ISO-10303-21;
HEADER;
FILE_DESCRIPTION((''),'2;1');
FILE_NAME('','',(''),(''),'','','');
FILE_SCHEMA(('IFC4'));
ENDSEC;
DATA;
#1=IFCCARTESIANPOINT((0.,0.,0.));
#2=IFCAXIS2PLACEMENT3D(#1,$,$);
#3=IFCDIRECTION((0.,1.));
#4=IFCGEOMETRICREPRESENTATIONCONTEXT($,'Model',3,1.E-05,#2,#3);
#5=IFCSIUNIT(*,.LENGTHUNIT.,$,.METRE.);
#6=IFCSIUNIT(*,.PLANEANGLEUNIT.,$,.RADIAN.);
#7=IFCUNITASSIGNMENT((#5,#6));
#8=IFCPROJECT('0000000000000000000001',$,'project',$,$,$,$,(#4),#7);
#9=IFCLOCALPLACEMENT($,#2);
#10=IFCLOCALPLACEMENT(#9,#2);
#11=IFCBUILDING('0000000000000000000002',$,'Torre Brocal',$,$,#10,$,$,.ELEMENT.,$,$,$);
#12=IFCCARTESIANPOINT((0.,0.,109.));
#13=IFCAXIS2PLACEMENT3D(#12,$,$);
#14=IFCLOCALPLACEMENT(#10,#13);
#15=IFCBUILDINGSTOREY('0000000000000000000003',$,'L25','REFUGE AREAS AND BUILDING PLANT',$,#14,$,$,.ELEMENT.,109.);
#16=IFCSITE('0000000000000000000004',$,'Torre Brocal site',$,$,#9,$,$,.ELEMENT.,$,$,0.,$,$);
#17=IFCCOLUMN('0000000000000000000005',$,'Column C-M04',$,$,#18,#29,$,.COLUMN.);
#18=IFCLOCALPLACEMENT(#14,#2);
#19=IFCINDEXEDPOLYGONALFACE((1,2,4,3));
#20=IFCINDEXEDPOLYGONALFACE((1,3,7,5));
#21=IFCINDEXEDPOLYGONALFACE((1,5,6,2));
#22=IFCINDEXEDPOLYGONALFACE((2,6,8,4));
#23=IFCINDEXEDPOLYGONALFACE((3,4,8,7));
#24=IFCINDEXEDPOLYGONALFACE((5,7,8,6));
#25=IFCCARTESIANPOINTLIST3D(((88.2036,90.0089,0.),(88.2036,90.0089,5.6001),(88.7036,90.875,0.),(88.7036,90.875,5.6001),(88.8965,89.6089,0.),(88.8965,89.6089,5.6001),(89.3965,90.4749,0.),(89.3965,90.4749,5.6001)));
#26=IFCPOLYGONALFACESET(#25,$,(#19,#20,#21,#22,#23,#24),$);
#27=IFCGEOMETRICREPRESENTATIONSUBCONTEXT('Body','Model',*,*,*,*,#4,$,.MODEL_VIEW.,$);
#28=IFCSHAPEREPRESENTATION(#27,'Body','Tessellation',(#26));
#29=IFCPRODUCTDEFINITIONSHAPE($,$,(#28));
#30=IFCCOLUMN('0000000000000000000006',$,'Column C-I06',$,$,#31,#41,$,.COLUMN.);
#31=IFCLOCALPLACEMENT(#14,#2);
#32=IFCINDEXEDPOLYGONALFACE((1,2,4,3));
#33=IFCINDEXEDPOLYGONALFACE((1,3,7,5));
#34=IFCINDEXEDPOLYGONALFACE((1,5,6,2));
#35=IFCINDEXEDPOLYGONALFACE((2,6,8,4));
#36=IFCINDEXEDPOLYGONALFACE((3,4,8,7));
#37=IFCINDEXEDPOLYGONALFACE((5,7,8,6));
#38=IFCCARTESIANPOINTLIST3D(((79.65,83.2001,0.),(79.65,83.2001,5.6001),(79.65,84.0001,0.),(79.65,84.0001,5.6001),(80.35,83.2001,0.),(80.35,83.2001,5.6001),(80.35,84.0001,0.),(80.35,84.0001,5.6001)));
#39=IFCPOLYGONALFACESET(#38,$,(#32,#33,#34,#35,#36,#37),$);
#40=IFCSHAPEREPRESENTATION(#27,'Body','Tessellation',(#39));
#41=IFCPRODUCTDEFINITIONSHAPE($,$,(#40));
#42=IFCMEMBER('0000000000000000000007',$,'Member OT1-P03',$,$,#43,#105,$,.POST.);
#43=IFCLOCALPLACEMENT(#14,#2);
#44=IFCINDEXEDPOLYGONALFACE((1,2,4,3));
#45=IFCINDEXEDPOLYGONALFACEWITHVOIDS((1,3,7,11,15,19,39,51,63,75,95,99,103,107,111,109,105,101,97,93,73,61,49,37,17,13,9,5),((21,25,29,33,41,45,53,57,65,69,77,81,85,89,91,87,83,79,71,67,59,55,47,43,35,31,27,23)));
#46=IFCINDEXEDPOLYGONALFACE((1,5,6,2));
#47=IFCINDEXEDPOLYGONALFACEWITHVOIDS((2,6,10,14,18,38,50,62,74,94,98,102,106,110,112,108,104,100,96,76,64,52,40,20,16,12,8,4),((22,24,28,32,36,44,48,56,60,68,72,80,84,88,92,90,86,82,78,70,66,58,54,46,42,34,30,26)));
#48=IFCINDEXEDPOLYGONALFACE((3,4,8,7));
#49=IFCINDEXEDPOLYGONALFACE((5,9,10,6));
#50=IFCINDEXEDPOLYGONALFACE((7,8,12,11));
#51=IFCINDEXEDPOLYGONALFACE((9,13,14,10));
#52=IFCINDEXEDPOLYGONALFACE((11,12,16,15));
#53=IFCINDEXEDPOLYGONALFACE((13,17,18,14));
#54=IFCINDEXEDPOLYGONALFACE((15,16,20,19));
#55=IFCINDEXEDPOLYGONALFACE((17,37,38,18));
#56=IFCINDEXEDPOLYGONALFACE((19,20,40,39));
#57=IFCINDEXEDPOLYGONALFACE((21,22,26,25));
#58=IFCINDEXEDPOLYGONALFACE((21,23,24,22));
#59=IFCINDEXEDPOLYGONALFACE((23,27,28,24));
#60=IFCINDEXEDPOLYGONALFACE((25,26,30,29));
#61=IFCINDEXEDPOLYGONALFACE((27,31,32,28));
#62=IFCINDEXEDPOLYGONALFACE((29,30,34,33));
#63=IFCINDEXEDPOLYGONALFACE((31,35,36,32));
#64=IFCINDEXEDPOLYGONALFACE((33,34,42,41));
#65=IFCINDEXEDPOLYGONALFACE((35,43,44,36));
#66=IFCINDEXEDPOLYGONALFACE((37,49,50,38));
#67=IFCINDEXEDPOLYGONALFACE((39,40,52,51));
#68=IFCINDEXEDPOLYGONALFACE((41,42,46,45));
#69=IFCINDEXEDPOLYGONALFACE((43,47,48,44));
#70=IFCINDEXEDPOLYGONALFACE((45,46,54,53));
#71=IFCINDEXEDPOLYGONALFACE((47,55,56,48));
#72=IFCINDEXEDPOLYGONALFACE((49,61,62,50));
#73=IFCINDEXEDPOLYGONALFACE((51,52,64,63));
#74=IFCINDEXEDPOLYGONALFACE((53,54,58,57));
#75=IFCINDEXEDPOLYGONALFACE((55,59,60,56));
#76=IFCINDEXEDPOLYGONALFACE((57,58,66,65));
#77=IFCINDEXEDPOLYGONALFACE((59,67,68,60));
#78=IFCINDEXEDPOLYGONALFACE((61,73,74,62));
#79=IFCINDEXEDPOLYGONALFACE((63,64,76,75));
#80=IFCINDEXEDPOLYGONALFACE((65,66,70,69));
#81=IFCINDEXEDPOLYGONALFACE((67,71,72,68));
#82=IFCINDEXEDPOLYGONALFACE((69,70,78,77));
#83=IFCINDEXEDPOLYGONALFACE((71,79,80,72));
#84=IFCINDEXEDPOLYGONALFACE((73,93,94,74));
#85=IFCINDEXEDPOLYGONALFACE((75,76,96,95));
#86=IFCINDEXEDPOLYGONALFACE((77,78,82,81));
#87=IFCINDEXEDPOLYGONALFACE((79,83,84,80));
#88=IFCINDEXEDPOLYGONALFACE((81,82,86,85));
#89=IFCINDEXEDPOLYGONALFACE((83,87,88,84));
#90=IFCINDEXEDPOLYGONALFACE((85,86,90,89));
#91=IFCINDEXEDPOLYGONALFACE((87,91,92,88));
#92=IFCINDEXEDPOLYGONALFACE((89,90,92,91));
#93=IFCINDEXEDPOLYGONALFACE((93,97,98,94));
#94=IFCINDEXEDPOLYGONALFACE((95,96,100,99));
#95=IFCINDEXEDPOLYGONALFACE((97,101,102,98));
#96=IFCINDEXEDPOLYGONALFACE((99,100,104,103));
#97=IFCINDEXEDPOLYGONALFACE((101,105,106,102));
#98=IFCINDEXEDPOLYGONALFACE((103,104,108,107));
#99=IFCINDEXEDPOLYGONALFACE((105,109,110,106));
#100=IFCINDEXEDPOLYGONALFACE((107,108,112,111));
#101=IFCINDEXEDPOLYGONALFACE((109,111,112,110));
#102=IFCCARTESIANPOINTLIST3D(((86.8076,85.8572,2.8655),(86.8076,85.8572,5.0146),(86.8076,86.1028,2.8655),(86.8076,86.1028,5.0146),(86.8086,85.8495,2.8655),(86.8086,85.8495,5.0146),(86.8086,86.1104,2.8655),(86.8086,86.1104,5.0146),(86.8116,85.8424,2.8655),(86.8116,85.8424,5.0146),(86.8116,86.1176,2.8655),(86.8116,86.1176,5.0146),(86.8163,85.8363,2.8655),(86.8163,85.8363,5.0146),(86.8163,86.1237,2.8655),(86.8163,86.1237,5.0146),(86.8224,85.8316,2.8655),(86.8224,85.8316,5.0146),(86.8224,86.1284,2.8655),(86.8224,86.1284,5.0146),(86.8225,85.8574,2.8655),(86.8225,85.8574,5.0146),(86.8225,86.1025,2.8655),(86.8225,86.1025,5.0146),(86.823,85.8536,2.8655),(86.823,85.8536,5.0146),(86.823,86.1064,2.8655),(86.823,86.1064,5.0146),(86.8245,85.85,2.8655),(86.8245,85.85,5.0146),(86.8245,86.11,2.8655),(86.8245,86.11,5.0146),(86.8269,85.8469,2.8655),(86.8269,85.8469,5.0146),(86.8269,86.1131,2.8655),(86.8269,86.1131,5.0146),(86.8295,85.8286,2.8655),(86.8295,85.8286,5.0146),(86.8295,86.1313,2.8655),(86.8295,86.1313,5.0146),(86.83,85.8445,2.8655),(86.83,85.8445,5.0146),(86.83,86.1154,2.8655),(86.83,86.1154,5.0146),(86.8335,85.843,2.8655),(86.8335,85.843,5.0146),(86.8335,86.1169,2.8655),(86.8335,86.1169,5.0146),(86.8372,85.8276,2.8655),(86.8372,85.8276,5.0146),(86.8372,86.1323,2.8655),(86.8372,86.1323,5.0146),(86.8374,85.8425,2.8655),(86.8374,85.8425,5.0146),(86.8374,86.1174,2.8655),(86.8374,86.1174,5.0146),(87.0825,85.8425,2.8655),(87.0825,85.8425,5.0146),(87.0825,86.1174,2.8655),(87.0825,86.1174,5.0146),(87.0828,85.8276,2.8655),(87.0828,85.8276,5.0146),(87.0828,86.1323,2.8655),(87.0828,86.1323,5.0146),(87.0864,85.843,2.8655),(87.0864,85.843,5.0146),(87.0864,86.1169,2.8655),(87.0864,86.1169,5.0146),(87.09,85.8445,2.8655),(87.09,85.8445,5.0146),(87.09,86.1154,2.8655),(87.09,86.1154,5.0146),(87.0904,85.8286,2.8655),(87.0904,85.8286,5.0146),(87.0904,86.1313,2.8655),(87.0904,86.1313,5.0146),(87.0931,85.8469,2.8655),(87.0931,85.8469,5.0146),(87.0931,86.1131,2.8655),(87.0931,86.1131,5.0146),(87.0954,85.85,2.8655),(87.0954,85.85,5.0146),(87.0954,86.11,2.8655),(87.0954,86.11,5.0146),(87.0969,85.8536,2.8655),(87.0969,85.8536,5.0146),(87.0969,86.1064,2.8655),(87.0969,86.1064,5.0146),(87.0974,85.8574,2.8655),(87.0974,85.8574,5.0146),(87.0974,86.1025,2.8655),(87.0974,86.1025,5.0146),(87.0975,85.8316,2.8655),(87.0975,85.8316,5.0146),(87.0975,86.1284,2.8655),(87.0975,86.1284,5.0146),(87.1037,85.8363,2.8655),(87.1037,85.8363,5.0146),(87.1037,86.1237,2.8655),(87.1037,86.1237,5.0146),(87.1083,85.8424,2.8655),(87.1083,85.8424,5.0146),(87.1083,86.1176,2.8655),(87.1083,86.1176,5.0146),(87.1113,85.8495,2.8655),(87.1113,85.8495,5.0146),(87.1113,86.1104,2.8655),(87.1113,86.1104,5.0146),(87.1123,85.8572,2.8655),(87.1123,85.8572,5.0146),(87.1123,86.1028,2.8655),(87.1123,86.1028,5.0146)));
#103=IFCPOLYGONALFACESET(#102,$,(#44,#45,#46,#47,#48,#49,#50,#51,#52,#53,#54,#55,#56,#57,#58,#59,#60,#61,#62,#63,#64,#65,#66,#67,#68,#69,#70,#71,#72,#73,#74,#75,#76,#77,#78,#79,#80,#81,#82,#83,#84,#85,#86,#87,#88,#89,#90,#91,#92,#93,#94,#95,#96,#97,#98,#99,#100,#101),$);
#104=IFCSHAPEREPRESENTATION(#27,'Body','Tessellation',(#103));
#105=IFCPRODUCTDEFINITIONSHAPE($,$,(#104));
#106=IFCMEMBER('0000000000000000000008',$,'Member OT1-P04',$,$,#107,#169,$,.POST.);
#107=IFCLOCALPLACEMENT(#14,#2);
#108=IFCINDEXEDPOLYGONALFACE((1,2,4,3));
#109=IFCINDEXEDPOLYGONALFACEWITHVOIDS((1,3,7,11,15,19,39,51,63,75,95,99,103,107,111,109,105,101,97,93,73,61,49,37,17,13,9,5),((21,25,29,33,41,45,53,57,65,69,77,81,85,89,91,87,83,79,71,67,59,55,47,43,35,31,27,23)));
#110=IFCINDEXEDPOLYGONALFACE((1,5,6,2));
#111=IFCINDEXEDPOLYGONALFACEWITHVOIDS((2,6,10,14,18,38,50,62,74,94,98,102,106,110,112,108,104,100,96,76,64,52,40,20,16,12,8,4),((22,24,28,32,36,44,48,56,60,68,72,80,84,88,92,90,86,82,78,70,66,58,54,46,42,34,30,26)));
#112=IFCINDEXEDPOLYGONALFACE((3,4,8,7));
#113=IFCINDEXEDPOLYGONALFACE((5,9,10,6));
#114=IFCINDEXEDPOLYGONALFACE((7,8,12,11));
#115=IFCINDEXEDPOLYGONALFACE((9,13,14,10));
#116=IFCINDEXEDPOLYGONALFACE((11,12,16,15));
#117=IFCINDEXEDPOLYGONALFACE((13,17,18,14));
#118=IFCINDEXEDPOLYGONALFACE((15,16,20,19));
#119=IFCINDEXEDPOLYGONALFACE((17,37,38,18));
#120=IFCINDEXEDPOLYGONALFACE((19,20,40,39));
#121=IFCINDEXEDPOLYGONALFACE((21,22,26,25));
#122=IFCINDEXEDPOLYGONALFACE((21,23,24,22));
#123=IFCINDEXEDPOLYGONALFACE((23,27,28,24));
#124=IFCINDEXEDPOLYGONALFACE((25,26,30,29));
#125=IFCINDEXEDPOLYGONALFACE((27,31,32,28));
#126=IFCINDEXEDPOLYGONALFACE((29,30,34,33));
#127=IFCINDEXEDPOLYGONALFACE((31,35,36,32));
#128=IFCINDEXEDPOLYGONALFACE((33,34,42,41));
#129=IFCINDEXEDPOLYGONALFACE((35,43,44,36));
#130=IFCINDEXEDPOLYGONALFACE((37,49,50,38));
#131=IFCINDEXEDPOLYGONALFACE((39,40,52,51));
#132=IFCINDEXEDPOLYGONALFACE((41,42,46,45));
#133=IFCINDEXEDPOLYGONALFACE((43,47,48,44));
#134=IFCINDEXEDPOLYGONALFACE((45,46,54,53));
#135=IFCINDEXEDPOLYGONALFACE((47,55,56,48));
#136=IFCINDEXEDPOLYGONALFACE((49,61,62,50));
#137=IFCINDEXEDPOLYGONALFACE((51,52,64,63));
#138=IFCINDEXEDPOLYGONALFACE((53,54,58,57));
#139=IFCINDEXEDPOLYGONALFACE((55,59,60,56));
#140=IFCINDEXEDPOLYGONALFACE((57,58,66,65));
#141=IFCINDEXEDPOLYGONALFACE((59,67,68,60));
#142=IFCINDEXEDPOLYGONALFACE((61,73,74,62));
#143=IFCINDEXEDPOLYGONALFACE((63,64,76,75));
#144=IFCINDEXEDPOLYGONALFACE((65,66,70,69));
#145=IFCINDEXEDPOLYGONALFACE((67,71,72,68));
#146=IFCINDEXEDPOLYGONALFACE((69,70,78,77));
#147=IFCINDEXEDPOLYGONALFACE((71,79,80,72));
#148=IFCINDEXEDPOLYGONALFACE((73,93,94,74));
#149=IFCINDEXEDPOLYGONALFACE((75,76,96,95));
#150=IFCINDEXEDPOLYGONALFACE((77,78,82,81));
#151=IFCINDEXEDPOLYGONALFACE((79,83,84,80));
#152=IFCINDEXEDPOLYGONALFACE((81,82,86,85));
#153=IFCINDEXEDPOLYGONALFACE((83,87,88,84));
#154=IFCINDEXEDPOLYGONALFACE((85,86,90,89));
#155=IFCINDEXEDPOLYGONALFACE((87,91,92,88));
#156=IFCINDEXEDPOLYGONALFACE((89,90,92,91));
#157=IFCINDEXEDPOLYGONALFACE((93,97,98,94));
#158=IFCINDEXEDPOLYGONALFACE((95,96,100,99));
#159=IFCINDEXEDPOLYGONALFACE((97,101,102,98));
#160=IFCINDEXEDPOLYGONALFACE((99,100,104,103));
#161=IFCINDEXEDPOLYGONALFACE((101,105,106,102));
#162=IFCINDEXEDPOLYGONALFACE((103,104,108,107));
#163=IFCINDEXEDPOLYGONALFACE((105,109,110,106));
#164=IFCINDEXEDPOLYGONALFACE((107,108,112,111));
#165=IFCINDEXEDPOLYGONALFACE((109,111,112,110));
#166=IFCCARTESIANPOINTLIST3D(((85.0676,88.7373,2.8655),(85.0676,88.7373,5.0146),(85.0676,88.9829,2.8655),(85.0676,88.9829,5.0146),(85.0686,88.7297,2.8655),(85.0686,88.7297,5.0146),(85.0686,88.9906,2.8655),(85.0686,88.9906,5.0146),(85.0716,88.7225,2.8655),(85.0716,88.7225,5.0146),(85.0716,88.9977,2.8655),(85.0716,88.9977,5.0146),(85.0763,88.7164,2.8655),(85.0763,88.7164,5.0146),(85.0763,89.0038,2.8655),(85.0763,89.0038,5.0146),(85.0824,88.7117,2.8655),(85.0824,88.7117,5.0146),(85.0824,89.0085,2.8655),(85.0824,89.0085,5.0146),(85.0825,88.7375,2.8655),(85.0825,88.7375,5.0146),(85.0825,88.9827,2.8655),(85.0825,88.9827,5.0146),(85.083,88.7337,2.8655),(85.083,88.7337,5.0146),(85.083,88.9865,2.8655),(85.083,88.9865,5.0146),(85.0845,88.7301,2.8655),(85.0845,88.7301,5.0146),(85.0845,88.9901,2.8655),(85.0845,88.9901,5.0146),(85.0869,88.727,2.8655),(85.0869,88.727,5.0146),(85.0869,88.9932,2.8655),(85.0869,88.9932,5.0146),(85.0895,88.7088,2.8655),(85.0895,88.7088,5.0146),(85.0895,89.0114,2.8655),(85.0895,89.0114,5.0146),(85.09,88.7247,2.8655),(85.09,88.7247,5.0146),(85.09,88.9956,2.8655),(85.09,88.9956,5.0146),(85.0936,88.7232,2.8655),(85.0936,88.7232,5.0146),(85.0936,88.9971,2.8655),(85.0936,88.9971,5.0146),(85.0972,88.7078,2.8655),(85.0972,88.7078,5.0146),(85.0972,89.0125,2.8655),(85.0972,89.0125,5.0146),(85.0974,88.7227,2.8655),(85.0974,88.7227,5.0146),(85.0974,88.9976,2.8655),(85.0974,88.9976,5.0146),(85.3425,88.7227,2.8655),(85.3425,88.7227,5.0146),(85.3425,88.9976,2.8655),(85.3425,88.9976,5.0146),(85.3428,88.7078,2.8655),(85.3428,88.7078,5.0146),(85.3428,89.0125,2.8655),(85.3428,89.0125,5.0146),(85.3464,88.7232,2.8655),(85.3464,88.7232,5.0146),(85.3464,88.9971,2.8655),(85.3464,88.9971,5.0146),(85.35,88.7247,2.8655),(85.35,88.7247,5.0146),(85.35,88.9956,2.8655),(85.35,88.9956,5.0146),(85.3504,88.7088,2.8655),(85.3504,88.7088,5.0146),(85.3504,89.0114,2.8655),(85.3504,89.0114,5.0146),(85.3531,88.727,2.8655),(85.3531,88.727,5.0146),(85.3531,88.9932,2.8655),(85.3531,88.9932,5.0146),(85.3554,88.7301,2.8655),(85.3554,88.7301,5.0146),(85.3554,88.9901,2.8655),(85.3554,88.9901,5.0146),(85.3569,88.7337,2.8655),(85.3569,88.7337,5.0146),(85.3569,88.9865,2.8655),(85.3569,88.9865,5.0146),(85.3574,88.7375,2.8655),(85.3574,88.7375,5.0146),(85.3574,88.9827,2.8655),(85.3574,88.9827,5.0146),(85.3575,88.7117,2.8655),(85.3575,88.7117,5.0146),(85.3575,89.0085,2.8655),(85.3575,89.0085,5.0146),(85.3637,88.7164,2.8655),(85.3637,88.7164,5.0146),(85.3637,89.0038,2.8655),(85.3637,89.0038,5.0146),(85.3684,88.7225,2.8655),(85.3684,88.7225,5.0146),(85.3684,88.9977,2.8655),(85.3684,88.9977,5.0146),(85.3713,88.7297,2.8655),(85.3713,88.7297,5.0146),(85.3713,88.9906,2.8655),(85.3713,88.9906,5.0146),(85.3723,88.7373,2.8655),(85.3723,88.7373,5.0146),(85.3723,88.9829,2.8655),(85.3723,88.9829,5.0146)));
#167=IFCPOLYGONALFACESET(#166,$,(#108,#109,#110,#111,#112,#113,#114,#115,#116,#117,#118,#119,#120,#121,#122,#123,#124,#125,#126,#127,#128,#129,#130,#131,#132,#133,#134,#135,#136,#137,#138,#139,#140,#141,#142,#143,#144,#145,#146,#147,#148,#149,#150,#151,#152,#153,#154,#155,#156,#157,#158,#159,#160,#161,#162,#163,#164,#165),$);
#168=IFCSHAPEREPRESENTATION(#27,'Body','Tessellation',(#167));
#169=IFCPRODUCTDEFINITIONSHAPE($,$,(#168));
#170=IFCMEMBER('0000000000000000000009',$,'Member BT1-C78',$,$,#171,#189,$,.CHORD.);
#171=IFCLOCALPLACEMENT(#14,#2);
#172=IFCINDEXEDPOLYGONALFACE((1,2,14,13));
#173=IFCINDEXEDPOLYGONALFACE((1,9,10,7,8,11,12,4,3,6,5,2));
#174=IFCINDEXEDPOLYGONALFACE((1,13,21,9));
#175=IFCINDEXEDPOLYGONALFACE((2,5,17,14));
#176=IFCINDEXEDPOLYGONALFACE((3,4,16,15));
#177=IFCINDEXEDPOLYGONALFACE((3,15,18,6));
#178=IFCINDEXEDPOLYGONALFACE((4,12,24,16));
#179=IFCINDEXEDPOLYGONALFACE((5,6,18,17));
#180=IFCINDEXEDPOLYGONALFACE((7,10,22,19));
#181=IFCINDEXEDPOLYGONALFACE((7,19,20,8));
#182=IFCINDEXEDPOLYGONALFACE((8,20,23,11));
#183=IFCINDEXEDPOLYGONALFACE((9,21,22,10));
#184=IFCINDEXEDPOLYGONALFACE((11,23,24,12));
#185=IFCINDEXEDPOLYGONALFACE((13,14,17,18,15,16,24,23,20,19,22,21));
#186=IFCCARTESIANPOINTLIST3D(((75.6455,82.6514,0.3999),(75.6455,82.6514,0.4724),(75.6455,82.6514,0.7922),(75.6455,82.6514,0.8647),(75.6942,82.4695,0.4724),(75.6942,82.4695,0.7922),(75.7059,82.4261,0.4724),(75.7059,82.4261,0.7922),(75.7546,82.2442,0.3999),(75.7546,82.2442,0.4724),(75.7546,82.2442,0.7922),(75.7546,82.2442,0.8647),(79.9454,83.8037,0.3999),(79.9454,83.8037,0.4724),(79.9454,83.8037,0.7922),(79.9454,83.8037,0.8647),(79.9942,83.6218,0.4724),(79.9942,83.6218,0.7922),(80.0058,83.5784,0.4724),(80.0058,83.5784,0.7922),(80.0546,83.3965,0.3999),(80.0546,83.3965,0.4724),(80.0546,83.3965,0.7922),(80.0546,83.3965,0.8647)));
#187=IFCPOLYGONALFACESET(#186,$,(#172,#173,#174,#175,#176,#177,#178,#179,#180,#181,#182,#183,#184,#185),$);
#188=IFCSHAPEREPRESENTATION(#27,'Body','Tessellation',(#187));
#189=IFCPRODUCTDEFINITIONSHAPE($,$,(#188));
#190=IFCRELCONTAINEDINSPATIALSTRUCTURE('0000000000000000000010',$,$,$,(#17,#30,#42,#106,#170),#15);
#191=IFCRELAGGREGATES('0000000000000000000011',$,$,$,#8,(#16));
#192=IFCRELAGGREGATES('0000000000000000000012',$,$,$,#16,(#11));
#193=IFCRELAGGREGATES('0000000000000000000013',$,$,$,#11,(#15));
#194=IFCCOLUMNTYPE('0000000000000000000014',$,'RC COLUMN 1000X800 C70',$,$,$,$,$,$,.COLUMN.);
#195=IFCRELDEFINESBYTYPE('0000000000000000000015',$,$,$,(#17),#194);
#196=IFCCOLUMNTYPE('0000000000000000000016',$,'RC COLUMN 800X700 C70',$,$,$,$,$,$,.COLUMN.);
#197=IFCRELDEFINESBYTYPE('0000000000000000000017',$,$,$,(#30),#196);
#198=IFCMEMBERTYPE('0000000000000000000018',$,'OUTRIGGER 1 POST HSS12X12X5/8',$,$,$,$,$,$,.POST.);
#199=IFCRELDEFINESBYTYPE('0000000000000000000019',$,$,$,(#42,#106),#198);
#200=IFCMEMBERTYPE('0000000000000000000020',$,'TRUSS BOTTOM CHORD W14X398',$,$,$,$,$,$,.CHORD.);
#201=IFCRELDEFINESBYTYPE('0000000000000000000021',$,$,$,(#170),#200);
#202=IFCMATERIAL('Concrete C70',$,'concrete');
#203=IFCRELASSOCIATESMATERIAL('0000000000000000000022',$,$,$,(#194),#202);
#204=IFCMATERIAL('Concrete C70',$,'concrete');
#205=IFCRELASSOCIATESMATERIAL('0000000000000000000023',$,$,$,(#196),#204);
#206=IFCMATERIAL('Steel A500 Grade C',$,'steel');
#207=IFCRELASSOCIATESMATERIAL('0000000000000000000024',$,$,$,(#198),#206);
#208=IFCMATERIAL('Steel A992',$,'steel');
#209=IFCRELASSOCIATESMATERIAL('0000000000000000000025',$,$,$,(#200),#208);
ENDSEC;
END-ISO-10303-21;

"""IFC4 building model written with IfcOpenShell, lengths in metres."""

from ifc_helpers import new_model, si_unit, direction, frame, origin, origin_2d, place, context, subcontext, project, spatial, rectangle, hollow_rectangle, i_section, extrude, material, material_profile, profile_set, type_object, element, save


model = new_model("IFC4")

# Units and contexts
model_context = context("Model", 3, precision=1e-05, world=origin(), true_north=direction((0.0, 1.0)))
body_context = subcontext(model_context, "Body", "Model", "MODEL_VIEW")
ifc_project = project(units=[si_unit("LENGTHUNIT", "METRE"), si_unit("PLANEANGLEUNIT", "RADIAN")], contexts=[model_context])

# Site, building, storey
site_placement = place(None, origin())
site = spatial("IfcSite", under=ifc_project, at=site_placement, Name="Torre Brocal site", CompositionType="ELEMENT", RefElevation=0.0)
building_placement = place(site_placement, origin())
building = spatial("IfcBuilding", under=site, at=building_placement, Name="Torre Brocal", CompositionType="ELEMENT")
storey_placement = place(building_placement, frame((0.0, 0.0, 109.0)))
storey = spatial("IfcBuildingStorey", under=building, at=storey_placement, Name="L25", Description="REFUGE AREAS AND BUILDING PLANT", CompositionType="ELEMENT", Elevation=109.0)

# Columns
ifc_material_1 = material(Name="Concrete C70", Category="concrete")
ifc_material_profile_1 = material_profile(ifc_material_1, rectangle(XDim=1.0, YDim=0.8, at=origin_2d()), Name="RC 1000X800")
ifc_profile_set_1 = profile_set([ifc_material_profile_1], Name="Concrete C70")
column_type_1 = type_object("IfcColumnType", Name="RC COLUMN 1000X800 C70", PredefinedType="COLUMN", material=ifc_profile_set_1)
column_1_placement = place(storey_placement, frame((88.8, 90.2419, 0.0), z_axis=(0.0, 0.0, 1.0), x_axis=(0.5, 0.866025, 0.0)))
element("IfcColumn", 1, at=column_1_placement, inside=storey, type_object=column_type_1, Name="Column C-M04", PredefinedType="COLUMN", context=body_context, shape_type="SweptSolid", body=[
    extrude(rectangle(XDim=1.0, YDim=0.8, at=origin_2d()), origin(), (0.0, 0.0, 1.0), 5.6001),
])
ifc_material_2 = material(Name="Concrete C70", Category="concrete")
ifc_material_profile_2 = material_profile(ifc_material_2, rectangle(XDim=0.8, YDim=0.7, at=origin_2d()), Name="RC 800X700")
ifc_profile_set_2 = profile_set([ifc_material_profile_2], Name="Concrete C70")
column_type_2 = type_object("IfcColumnType", Name="RC COLUMN 800X700 C70", PredefinedType="COLUMN", material=ifc_profile_set_2)
column_2_placement = place(storey_placement, frame((80.0, 83.6001, 0.0), z_axis=(0.0, 0.0, 1.0), x_axis=(0.0, 1.0, 0.0)))
element("IfcColumn", 2, at=column_2_placement, inside=storey, type_object=column_type_2, Name="Column C-I06", PredefinedType="COLUMN", context=body_context, shape_type="SweptSolid", body=[
    extrude(rectangle(XDim=0.8, YDim=0.7, at=origin_2d()), origin(), (0.0, 0.0, 1.0), 5.6001),
])

# Members
ifc_material_3 = material(Name="Steel A500 Grade C", Category="steel")
ifc_material_profile_3 = material_profile(ifc_material_3, hollow_rectangle(XDim=0.3047, YDim=0.3047, WallThickness=0.0149, InnerFilletRadius=0.0149, OuterFilletRadius=0.0295, at=origin_2d()), Name="HSS12X12X5/8")
ifc_profile_set_3 = profile_set([ifc_material_profile_3], Name="Steel A500 Grade C")
member_type_1 = type_object("IfcMemberType", Name="OUTRIGGER 1 POST HSS12X12X5/8", PredefinedType="POST", material=ifc_profile_set_3)
for number, where, z_axis, x_axis, name in (
    (3, (86.96, 85.98, 2.8655), (0.0, 0.0, 1.0), (1.0, 0.0, 0.0), "Member OT1-P03"),
    (4, (85.22, 88.8601, 2.8655), (0.0, 0.0, 1.0), (1.0, 0.0, 0.0), "Member OT1-P04"),
):
    element("IfcMember", number, at=place(storey_placement, frame(where, z_axis=z_axis, x_axis=x_axis)), inside=storey, type_object=member_type_1, Name=name, PredefinedType="POST", context=body_context, shape_type="SweptSolid", body=[
        extrude(hollow_rectangle(XDim=0.3047, YDim=0.3047, WallThickness=0.0149, InnerFilletRadius=0.0149, OuterFilletRadius=0.0295, at=origin_2d()), origin(), (0.0, 0.0, 1.0), 2.1492),
    ])
ifc_material_4 = material(Name="Steel A992", Category="steel")
ifc_material_profile_4 = material_profile(ifc_material_4, i_section(OverallWidth=0.4216, OverallDepth=0.4648, WebThickness=0.0449, FlangeThickness=0.0725, at=origin_2d()), Name="W14X398")
ifc_profile_set_4 = profile_set([ifc_material_profile_4], Name="Steel A992")
member_type_2 = type_object("IfcMemberType", Name="TRUSS BOTTOM CHORD W14X398", PredefinedType="CHORD", material=ifc_profile_set_4)
member_1_placement = place(storey_placement, frame((80.0, 83.6001, 0.6323), z_axis=(-0.965917, -0.25885, 0.0), x_axis=(0.25885, -0.965917, 0.0)))
element("IfcMember", 5, at=member_1_placement, inside=storey, type_object=member_type_2, Name="Member BT1-C78", PredefinedType="CHORD", context=body_context, shape_type="SweptSolid", body=[
    extrude(i_section(OverallWidth=0.4216, OverallDepth=0.4648, WebThickness=0.0449, FlangeThickness=0.0725, at=origin_2d()), origin(), (0.0, 0.0, 1.0), 4.4517),
])

save(model, "model.ifc")
